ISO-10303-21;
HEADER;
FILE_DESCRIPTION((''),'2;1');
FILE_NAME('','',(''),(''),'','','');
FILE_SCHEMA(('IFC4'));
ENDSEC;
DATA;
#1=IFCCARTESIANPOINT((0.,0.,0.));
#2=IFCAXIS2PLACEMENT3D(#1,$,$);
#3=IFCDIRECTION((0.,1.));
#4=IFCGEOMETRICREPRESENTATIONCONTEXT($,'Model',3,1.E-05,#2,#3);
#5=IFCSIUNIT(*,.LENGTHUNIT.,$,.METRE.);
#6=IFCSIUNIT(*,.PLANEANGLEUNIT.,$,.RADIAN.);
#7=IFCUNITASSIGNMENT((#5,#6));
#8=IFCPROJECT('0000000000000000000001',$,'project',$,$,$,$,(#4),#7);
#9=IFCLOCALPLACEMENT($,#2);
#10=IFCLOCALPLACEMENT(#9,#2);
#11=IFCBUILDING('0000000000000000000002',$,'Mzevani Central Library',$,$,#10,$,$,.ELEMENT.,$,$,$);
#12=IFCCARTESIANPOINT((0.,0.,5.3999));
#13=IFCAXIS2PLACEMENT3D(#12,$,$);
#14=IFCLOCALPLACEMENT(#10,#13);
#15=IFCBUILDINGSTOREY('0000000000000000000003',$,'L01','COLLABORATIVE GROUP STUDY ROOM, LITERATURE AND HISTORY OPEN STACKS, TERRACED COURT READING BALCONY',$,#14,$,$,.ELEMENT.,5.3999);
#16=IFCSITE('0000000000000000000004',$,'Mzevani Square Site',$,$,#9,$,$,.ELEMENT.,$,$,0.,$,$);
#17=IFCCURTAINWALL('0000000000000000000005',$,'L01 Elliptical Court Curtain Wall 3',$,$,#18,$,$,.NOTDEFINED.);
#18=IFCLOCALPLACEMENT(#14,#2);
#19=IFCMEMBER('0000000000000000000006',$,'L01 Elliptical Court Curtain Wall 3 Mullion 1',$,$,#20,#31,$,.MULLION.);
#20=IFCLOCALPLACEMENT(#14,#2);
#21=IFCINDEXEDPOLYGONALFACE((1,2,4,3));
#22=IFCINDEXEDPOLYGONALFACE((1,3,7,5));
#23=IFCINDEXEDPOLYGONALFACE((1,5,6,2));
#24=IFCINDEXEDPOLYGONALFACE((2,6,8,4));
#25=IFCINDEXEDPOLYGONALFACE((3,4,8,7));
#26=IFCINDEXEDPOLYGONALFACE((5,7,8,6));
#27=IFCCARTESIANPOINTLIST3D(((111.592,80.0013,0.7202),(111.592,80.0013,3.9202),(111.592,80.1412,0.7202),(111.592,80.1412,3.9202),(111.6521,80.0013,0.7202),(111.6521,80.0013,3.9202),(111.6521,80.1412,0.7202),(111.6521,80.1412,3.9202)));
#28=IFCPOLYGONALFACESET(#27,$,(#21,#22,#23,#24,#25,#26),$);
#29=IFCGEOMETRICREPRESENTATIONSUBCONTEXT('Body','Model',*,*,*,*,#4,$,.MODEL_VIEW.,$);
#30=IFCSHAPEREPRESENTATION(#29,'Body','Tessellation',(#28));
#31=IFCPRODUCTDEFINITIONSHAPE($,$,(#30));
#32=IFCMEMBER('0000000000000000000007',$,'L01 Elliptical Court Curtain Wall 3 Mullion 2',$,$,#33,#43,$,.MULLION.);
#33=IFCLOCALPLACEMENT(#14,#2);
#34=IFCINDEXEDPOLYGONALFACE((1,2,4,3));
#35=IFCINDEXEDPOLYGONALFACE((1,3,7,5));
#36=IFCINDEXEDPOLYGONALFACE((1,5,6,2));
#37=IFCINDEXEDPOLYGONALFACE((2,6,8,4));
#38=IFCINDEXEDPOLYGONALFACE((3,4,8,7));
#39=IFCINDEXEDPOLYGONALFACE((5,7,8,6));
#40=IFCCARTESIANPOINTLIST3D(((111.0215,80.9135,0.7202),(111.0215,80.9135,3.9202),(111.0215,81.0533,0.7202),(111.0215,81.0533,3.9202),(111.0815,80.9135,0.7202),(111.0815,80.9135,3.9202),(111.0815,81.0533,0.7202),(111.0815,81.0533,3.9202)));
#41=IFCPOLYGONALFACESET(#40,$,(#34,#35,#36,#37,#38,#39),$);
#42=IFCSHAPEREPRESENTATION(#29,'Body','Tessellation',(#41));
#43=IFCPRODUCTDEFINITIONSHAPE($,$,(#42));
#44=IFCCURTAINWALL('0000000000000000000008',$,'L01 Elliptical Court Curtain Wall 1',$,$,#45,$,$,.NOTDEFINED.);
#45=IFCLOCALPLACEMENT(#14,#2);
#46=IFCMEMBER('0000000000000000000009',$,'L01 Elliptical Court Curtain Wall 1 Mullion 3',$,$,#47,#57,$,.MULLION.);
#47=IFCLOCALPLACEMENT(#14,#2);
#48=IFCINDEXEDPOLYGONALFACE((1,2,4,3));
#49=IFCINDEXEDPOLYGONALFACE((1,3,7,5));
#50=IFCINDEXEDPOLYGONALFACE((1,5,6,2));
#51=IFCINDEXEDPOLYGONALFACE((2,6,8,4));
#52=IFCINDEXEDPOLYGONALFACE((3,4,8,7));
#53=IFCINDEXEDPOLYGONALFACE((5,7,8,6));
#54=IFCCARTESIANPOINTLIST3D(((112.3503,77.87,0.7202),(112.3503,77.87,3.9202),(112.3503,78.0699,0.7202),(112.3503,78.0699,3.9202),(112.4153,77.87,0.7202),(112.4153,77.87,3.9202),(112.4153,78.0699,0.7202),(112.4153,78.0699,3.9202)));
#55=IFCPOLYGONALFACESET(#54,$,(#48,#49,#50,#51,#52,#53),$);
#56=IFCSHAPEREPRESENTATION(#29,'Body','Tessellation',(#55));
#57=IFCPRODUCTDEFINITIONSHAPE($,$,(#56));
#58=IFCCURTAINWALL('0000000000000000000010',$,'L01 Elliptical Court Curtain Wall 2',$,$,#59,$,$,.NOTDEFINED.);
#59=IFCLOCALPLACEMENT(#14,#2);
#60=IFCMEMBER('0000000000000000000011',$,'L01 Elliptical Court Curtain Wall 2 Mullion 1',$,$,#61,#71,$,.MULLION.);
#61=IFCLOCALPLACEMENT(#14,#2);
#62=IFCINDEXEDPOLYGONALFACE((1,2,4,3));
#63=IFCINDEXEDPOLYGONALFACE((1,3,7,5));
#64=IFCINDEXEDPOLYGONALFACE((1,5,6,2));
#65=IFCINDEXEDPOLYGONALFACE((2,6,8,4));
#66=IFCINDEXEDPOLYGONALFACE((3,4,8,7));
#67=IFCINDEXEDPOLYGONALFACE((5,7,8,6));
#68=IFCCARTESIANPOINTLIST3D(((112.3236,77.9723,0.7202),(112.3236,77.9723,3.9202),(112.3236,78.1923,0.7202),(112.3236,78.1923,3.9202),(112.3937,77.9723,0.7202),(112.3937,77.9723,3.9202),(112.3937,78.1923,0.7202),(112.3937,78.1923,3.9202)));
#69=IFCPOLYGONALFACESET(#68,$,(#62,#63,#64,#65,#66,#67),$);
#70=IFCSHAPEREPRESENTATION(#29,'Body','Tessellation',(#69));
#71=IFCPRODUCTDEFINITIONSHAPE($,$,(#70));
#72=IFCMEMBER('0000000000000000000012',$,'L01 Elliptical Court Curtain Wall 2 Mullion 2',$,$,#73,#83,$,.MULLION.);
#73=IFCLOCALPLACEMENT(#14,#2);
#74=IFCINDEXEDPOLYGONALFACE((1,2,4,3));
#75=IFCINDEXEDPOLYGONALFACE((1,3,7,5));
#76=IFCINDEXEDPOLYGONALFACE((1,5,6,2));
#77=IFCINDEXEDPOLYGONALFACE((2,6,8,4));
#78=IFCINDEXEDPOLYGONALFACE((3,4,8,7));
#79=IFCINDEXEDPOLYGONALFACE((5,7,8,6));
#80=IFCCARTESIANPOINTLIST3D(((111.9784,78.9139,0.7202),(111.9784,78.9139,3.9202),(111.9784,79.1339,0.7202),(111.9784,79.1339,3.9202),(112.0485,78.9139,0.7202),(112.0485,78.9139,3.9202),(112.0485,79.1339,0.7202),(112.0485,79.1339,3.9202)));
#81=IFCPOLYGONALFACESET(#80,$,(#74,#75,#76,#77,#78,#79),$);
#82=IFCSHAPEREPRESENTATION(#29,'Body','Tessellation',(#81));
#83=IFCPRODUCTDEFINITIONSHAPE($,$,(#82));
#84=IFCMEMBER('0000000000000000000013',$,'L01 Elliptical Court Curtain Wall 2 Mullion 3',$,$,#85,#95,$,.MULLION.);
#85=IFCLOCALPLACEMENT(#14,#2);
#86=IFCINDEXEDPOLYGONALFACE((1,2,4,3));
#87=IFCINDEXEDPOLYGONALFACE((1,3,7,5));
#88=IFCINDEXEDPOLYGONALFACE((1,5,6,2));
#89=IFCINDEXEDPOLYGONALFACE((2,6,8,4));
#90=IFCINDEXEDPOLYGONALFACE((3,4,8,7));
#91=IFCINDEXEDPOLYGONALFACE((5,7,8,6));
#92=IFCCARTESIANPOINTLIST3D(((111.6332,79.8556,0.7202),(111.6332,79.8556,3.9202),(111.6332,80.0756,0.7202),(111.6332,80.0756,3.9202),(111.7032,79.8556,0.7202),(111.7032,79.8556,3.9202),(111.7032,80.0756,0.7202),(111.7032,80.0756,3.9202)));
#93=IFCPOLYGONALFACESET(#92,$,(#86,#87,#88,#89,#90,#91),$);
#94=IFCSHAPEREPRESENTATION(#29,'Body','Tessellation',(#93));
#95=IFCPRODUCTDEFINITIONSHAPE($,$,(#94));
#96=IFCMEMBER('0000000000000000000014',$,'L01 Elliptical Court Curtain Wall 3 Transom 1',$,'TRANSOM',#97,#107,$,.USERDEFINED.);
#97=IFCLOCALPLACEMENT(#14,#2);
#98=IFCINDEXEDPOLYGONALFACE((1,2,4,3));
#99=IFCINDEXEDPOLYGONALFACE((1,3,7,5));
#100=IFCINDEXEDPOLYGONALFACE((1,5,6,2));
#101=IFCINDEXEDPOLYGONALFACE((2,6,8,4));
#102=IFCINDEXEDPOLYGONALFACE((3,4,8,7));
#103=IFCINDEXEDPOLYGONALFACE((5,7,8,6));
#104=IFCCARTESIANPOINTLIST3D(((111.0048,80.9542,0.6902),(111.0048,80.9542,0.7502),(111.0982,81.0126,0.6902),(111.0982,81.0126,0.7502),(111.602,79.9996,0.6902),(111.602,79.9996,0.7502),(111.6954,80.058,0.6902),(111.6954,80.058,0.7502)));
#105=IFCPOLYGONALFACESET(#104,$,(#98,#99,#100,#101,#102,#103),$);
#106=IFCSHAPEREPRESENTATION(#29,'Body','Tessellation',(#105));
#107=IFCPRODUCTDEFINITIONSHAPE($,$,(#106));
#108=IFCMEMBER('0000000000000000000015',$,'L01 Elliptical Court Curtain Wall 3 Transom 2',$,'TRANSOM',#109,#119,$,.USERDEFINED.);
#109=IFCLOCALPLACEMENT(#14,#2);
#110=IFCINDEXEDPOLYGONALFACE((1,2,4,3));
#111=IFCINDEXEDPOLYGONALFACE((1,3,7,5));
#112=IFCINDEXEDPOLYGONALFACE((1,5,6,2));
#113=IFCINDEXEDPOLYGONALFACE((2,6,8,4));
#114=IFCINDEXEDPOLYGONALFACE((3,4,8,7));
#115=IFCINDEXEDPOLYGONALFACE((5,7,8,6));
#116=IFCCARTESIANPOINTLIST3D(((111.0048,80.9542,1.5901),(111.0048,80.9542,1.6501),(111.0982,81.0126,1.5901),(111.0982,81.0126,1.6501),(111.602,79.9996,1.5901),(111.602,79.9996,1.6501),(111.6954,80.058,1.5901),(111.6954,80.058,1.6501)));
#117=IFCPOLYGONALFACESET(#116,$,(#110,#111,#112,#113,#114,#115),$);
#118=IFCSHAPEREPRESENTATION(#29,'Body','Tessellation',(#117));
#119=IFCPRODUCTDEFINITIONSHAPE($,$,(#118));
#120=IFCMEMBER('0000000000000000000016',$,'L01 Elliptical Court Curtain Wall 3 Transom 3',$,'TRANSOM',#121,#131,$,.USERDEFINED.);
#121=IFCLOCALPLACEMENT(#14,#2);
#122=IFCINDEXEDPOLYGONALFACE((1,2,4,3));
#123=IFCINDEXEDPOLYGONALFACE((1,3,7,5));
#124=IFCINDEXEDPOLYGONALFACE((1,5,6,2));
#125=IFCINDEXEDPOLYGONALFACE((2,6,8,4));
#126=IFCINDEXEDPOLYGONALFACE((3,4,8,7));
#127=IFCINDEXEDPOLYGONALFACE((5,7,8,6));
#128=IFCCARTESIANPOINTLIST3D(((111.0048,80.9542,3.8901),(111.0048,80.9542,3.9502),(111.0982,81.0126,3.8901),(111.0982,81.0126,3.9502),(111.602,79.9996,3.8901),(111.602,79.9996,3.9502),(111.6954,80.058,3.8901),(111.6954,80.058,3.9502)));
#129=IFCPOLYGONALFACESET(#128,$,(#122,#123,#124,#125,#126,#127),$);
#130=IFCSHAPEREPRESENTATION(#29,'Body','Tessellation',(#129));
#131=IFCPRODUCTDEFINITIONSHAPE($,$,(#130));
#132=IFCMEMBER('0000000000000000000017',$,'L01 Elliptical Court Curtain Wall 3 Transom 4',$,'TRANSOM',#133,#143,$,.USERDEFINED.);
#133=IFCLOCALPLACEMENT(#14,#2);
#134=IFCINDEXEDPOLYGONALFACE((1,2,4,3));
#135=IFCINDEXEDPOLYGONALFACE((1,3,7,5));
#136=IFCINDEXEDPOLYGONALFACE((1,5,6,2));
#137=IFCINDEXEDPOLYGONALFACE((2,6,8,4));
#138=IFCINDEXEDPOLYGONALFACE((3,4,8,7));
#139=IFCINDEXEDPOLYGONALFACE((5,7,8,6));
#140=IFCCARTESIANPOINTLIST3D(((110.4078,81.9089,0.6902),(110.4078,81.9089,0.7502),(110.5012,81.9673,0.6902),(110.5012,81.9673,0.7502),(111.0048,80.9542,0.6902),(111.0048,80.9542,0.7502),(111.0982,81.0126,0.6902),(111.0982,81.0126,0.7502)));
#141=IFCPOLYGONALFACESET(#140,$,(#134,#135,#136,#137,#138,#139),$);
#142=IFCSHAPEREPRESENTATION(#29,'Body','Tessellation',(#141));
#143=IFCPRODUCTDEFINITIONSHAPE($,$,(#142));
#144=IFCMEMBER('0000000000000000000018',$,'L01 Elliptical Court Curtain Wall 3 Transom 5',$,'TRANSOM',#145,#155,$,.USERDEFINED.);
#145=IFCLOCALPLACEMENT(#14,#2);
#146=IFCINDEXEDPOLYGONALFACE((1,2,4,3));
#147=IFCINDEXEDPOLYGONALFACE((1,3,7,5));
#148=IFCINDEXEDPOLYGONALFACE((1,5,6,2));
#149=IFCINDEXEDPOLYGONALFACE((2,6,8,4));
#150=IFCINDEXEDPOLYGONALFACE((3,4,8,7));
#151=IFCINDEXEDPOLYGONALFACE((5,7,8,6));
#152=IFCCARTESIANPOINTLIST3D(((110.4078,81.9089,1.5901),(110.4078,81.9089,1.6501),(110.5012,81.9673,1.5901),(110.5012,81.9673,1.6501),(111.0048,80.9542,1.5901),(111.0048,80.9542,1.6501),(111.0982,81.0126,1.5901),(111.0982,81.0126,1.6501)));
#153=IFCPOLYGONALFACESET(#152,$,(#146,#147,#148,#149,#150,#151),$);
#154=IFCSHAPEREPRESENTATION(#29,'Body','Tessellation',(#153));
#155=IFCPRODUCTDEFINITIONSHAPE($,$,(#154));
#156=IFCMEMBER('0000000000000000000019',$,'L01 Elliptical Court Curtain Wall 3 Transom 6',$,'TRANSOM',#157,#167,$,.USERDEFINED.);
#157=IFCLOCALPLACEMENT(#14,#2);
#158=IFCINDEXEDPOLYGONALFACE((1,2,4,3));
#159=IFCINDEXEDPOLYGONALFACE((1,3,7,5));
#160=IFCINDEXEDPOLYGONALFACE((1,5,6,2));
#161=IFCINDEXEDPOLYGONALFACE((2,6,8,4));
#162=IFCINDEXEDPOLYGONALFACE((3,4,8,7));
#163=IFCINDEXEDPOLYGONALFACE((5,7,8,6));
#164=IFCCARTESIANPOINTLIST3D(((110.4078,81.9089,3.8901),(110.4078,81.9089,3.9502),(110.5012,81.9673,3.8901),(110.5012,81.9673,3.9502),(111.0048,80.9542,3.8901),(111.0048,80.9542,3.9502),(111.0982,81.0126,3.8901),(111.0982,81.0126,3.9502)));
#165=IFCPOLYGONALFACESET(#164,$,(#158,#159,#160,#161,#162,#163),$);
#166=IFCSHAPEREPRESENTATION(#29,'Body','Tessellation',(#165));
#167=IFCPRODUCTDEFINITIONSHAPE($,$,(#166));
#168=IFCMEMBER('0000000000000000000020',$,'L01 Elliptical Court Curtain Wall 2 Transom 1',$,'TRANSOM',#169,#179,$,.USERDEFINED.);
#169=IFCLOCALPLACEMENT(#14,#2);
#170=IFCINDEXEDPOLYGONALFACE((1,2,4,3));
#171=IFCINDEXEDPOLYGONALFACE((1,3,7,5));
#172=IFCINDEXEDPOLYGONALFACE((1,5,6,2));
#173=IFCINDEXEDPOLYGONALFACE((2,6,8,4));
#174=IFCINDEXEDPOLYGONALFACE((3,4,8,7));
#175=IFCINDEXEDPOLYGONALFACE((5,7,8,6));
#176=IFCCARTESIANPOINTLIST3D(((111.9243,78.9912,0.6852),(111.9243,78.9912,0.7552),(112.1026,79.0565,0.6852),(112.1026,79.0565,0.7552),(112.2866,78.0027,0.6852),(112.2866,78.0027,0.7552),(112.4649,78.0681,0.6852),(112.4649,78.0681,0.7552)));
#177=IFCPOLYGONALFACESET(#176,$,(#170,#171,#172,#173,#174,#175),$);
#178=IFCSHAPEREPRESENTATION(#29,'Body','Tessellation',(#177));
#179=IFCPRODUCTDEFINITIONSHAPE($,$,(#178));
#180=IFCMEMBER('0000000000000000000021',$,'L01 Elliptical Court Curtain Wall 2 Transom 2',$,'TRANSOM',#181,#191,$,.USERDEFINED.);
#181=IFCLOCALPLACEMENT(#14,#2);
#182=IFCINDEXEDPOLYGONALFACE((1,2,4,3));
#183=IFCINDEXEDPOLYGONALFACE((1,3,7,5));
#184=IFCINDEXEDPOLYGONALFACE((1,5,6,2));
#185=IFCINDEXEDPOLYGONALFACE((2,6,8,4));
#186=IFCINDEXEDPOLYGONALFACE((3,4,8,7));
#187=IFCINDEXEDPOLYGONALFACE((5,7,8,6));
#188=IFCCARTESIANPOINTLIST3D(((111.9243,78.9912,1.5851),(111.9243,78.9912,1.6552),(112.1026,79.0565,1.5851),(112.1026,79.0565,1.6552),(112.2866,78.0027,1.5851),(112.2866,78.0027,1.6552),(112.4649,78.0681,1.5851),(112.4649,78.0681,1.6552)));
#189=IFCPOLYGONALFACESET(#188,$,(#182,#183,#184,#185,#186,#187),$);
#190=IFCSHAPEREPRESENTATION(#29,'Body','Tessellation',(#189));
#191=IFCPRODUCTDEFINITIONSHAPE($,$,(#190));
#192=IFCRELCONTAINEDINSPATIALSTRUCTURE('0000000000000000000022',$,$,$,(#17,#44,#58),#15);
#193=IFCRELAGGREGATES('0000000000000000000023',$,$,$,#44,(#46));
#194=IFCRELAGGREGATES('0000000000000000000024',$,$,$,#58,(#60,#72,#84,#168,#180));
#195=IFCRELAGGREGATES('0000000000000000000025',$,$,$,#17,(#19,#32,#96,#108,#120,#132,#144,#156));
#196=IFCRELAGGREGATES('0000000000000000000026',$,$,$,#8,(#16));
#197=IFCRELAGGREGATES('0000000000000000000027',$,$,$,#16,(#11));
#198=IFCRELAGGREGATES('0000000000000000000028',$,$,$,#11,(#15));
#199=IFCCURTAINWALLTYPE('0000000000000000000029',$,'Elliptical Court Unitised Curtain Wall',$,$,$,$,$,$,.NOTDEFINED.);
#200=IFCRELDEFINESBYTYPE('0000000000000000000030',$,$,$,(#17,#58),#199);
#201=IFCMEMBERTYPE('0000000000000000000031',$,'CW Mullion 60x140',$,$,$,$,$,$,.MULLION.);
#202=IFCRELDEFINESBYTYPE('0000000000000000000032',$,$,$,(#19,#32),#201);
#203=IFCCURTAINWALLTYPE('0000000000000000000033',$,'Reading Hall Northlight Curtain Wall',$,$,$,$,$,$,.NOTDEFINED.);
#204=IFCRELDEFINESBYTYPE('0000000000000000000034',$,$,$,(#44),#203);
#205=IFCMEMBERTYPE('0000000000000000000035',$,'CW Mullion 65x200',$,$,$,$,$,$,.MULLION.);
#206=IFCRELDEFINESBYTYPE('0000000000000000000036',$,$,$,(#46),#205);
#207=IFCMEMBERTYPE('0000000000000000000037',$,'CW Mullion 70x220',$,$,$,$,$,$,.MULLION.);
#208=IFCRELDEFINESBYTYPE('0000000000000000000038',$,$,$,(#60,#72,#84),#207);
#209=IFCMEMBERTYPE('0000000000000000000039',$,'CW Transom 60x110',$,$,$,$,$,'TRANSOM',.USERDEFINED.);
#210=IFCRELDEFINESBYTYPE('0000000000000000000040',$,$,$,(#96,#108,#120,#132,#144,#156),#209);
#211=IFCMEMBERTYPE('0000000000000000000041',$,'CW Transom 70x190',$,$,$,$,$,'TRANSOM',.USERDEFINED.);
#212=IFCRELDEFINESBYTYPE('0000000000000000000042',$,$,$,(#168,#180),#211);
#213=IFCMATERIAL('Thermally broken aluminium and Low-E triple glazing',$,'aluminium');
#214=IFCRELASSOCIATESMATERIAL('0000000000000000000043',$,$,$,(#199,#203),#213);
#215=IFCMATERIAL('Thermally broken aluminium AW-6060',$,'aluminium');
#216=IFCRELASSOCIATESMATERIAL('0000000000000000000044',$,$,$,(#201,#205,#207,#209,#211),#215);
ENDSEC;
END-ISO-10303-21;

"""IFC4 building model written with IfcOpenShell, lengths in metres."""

from ifc_helpers import new_model, si_unit, direction, frame, origin, origin_2d, place, context, subcontext, project, spatial, rectangle, extrude, material, material_profile, profile_set, type_object, element, aggregate, save


model = new_model("IFC4")

# Units and contexts
model_context = context("Model", 3, precision=1e-05, world=origin(), true_north=direction((0.0, 1.0)))
body_context = subcontext(model_context, "Body", "Model", "MODEL_VIEW")
ifc_project = project(units=[si_unit("LENGTHUNIT", "METRE"), si_unit("PLANEANGLEUNIT", "RADIAN")], contexts=[model_context])

# Site, building, storey
site_placement = place(None, origin())
site = spatial("IfcSite", under=ifc_project, at=site_placement, Name="Mzevani Square Site", CompositionType="ELEMENT", RefElevation=0.0)
building_placement = place(site_placement, origin())
building = spatial("IfcBuilding", under=site, at=building_placement, Name="Mzevani Central Library", CompositionType="ELEMENT")
storey_placement = place(building_placement, frame((0.0, 0.0, 5.3999)))
storey = spatial("IfcBuildingStorey", under=building, at=storey_placement, Name="L01", Description="COLLABORATIVE GROUP STUDY ROOM, LITERATURE AND HISTORY OPEN STACKS, TERRACED COURT READING BALCONY", CompositionType="ELEMENT", Elevation=5.3999)

# Curtain wall, members
ifc_material_1 = material(Name="Thermally broken aluminium and Low-E triple glazing", Category="aluminium")
curtain_wall_type_1 = type_object("IfcCurtainWallType", Name="Elliptical Court Unitised Curtain Wall", PredefinedType="NOTDEFINED", material=ifc_material_1)
curtain_wall_1_placement = place(storey_placement, origin())
curtain_wall_1 = element("IfcCurtainWall", 1, at=curtain_wall_1_placement, inside=storey, type_object=curtain_wall_type_1, Name="L01 Elliptical Court Curtain Wall 3", PredefinedType="NOTDEFINED")
ifc_material_2 = material(Name="Thermally broken aluminium AW-6060", Category="aluminium")
ifc_material_profile_1 = material_profile(ifc_material_2, rectangle(XDim=0.0601, YDim=0.1399, at=origin_2d()), Name="ALU M60x140")
ifc_profile_set_1 = profile_set([ifc_material_profile_1], Name="Thermally broken aluminium AW-6060")
member_type_1 = type_object("IfcMemberType", Name="CW Mullion 60x140", PredefinedType="MULLION", material=ifc_profile_set_1)
member_1_placement = place(storey_placement, frame((111.6221, 80.0713, 0.7202), z_axis=(0.0, 0.0, 1.0), x_axis=(1.0, 0.0, 0.0)))
member_1 = element("IfcMember", 2, at=member_1_placement, type_object=member_type_1, Name="L01 Elliptical Court Curtain Wall 3 Mullion 1", PredefinedType="MULLION", context=body_context, shape_type="SweptSolid", body=[
    extrude(rectangle(XDim=0.0601, YDim=0.1399, at=origin_2d()), origin(), (0.0, 0.0, 1.0), 3.2),
])
member_2_placement = place(storey_placement, frame((111.0515, 80.9834, 0.7202), z_axis=(0.0, 0.0, 1.0), x_axis=(1.0, 0.0, 0.0)))
member_2 = element("IfcMember", 3, at=member_2_placement, type_object=member_type_1, Name="L01 Elliptical Court Curtain Wall 3 Mullion 2", PredefinedType="MULLION", context=body_context, shape_type="SweptSolid", body=[
    extrude(rectangle(XDim=0.0601, YDim=0.1399, at=origin_2d()), origin(), (0.0, 0.0, 1.0), 3.2),
])

# Curtain wall, member
curtain_wall_type_2 = type_object("IfcCurtainWallType", Name="Reading Hall Northlight Curtain Wall", PredefinedType="NOTDEFINED", material=ifc_material_1)
curtain_wall_2_placement = place(storey_placement, origin())
curtain_wall_2 = element("IfcCurtainWall", 4, at=curtain_wall_2_placement, inside=storey, type_object=curtain_wall_type_2, Name="L01 Elliptical Court Curtain Wall 1", PredefinedType="NOTDEFINED")
ifc_material_profile_2 = material_profile(ifc_material_2, rectangle(XDim=0.0649, YDim=0.2, at=origin_2d()), Name="ALU M65x200")
ifc_profile_set_2 = profile_set([ifc_material_profile_2], Name="Thermally broken aluminium AW-6060")
member_type_2 = type_object("IfcMemberType", Name="CW Mullion 65x200", PredefinedType="MULLION", material=ifc_profile_set_2)
member_3_placement = place(storey_placement, frame((112.3828, 77.97, 0.7202), z_axis=(0.0, 0.0, 1.0), x_axis=(1.0, 0.0, 0.0)))
member_3 = element("IfcMember", 5, at=member_3_placement, type_object=member_type_2, Name="L01 Elliptical Court Curtain Wall 1 Mullion 3", PredefinedType="MULLION", context=body_context, shape_type="SweptSolid", body=[
    extrude(rectangle(XDim=0.0649, YDim=0.2, at=origin_2d()), origin(), (0.0, 0.0, 1.0), 3.2),
])
aggregate(curtain_wall_2, [member_3])

# Curtain wall, members
curtain_wall_3_placement = place(storey_placement, origin())
curtain_wall_3 = element("IfcCurtainWall", 6, at=curtain_wall_3_placement, inside=storey, type_object=curtain_wall_type_1, Name="L01 Elliptical Court Curtain Wall 2", PredefinedType="NOTDEFINED")
ifc_material_profile_3 = material_profile(ifc_material_2, rectangle(XDim=0.0701, YDim=0.22, at=origin_2d()), Name="ALU M70x220")
ifc_profile_set_3 = profile_set([ifc_material_profile_3], Name="Thermally broken aluminium AW-6060")
member_type_3 = type_object("IfcMemberType", Name="CW Mullion 70x220", PredefinedType="MULLION", material=ifc_profile_set_3)
member_4_placement = place(storey_placement, frame((112.3586, 78.0823, 0.7202), z_axis=(0.0, 0.0, 1.0), x_axis=(1.0, 0.0, 0.0)))
member_4 = element("IfcMember", 7, at=member_4_placement, type_object=member_type_3, Name="L01 Elliptical Court Curtain Wall 2 Mullion 1", PredefinedType="MULLION", context=body_context, shape_type="SweptSolid", body=[
    extrude(rectangle(XDim=0.0701, YDim=0.22, at=origin_2d()), origin(), (0.0, 0.0, 1.0), 3.2),
])
member_5_placement = place(storey_placement, frame((112.0134, 79.0239, 0.7202), z_axis=(0.0, 0.0, 1.0), x_axis=(1.0, 0.0, 0.0)))
member_5 = element("IfcMember", 8, at=member_5_placement, type_object=member_type_3, Name="L01 Elliptical Court Curtain Wall 2 Mullion 2", PredefinedType="MULLION", context=body_context, shape_type="SweptSolid", body=[
    extrude(rectangle(XDim=0.0701, YDim=0.22, at=origin_2d()), origin(), (0.0, 0.0, 1.0), 3.2),
])
member_6_placement = place(storey_placement, frame((111.6682, 79.9656, 0.7202), z_axis=(0.0, 0.0, 1.0), x_axis=(1.0, 0.0, 0.0)))
member_6 = element("IfcMember", 9, at=member_6_placement, type_object=member_type_3, Name="L01 Elliptical Court Curtain Wall 2 Mullion 3", PredefinedType="MULLION", context=body_context, shape_type="SweptSolid", body=[
    extrude(rectangle(XDim=0.0701, YDim=0.22, at=origin_2d()), origin(), (0.0, 0.0, 1.0), 3.2),
])

# Members
ifc_material_profile_4 = material_profile(ifc_material_2, rectangle(XDim=0.1101, YDim=0.0601, at=origin_2d()), Name="ALU T60x110")
ifc_profile_set_4 = profile_set([ifc_material_profile_4], Name="Thermally broken aluminium AW-6060")
member_type_4 = type_object("IfcMemberType", Name="CW Transom 60x110", ElementType="TRANSOM", PredefinedType="USERDEFINED", material=ifc_profile_set_4)
member_7_placement = place(storey_placement, frame((111.6487, 80.0288, 0.7202), z_axis=(-0.53035, 0.847779, 0.0), x_axis=(-0.847779, -0.53035, 0.0)))
member_7 = element("IfcMember", 10, at=member_7_placement, type_object=member_type_4, Name="L01 Elliptical Court Curtain Wall 3 Transom 1", ObjectType="TRANSOM", PredefinedType="USERDEFINED", context=body_context, shape_type="SweptSolid", body=[
    extrude(rectangle(XDim=0.1101, YDim=0.0601, at=origin_2d()), origin(), (0.0, 0.0, 1.0), 1.126),
])
member_8_placement = place(storey_placement, frame((111.6487, 80.0288, 1.6201), z_axis=(-0.53035, 0.847779, 0.0), x_axis=(-0.847779, -0.53035, 0.0)))
member_8 = element("IfcMember", 11, at=member_8_placement, type_object=member_type_4, Name="L01 Elliptical Court Curtain Wall 3 Transom 2", ObjectType="TRANSOM", PredefinedType="USERDEFINED", context=body_context, shape_type="SweptSolid", body=[
    extrude(rectangle(XDim=0.1101, YDim=0.0601, at=origin_2d()), origin(), (0.0, 0.0, 1.0), 1.126),
])
member_9_placement = place(storey_placement, frame((111.6487, 80.0288, 3.9202), z_axis=(-0.53035, 0.847779, 0.0), x_axis=(-0.847779, -0.53035, 0.0)))
member_9 = element("IfcMember", 12, at=member_9_placement, type_object=member_type_4, Name="L01 Elliptical Court Curtain Wall 3 Transom 3", ObjectType="TRANSOM", PredefinedType="USERDEFINED", context=body_context, shape_type="SweptSolid", body=[
    extrude(rectangle(XDim=0.1101, YDim=0.0601, at=origin_2d()), origin(), (0.0, 0.0, 1.0), 1.126),
])
member_10_placement = place(storey_placement, frame((111.0515, 80.9834, 0.7202), z_axis=(-0.530194, 0.847876, 0.0), x_axis=(-0.847876, -0.530194, 0.0)))
member_10 = element("IfcMember", 13, at=member_10_placement, type_object=member_type_4, Name="L01 Elliptical Court Curtain Wall 3 Transom 4", ObjectType="TRANSOM", PredefinedType="USERDEFINED", context=body_context, shape_type="SweptSolid", body=[
    extrude(rectangle(XDim=0.1101, YDim=0.0601, at=origin_2d()), origin(), (0.0, 0.0, 1.0), 1.126),
])
member_11_placement = place(storey_placement, frame((111.0515, 80.9834, 1.6201), z_axis=(-0.530194, 0.847876, 0.0), x_axis=(-0.847876, -0.530194, 0.0)))
member_11 = element("IfcMember", 14, at=member_11_placement, type_object=member_type_4, Name="L01 Elliptical Court Curtain Wall 3 Transom 5", ObjectType="TRANSOM", PredefinedType="USERDEFINED", context=body_context, shape_type="SweptSolid", body=[
    extrude(rectangle(XDim=0.1101, YDim=0.0601, at=origin_2d()), origin(), (0.0, 0.0, 1.0), 1.126),
])
member_12_placement = place(storey_placement, frame((111.0515, 80.9834, 3.9202), z_axis=(-0.530194, 0.847876, 0.0), x_axis=(-0.847876, -0.530194, 0.0)))
member_12 = element("IfcMember", 15, at=member_12_placement, type_object=member_type_4, Name="L01 Elliptical Court Curtain Wall 3 Transom 6", ObjectType="TRANSOM", PredefinedType="USERDEFINED", context=body_context, shape_type="SweptSolid", body=[
    extrude(rectangle(XDim=0.1101, YDim=0.0601, at=origin_2d()), origin(), (0.0, 0.0, 1.0), 1.126),
])
ifc_material_profile_5 = material_profile(ifc_material_2, rectangle(XDim=0.1899, YDim=0.0701, at=origin_2d()), Name="ALU T70x190")
ifc_profile_set_5 = profile_set([ifc_material_profile_5], Name="Thermally broken aluminium AW-6060")
member_type_5 = type_object("IfcMemberType", Name="CW Transom 70x190", ElementType="TRANSOM", PredefinedType="USERDEFINED", material=ifc_profile_set_5)
member_13_placement = place(storey_placement, frame((112.3757, 78.0354, 0.7202), z_axis=(-0.344125, 0.938924, 0.0), x_axis=(-0.938924, -0.344125, 0.0)))
member_13 = element("IfcMember", 16, at=member_13_placement, type_object=member_type_5, Name="L01 Elliptical Court Curtain Wall 2 Transom 1", ObjectType="TRANSOM", PredefinedType="USERDEFINED", context=body_context, shape_type="SweptSolid", body=[
    extrude(rectangle(XDim=0.1899, YDim=0.0701, at=origin_2d()), origin(), (0.0, 0.0, 1.0), 1.0527),
])
member_14_placement = place(storey_placement, frame((112.3757, 78.0354, 1.6201), z_axis=(-0.344125, 0.938924, 0.0), x_axis=(-0.938924, -0.344125, 0.0)))
member_14 = element("IfcMember", 17, at=member_14_placement, type_object=member_type_5, Name="L01 Elliptical Court Curtain Wall 2 Transom 2", ObjectType="TRANSOM", PredefinedType="USERDEFINED", context=body_context, shape_type="SweptSolid", body=[
    extrude(rectangle(XDim=0.1899, YDim=0.0701, at=origin_2d()), origin(), (0.0, 0.0, 1.0), 1.0527),
])

aggregate(curtain_wall_3, [member_4, member_5, member_6, member_13, member_14])
aggregate(curtain_wall_1, [member_1, member_2, member_7, member_8, member_9, member_10, member_11, member_12])

save(model, "model.ifc")
